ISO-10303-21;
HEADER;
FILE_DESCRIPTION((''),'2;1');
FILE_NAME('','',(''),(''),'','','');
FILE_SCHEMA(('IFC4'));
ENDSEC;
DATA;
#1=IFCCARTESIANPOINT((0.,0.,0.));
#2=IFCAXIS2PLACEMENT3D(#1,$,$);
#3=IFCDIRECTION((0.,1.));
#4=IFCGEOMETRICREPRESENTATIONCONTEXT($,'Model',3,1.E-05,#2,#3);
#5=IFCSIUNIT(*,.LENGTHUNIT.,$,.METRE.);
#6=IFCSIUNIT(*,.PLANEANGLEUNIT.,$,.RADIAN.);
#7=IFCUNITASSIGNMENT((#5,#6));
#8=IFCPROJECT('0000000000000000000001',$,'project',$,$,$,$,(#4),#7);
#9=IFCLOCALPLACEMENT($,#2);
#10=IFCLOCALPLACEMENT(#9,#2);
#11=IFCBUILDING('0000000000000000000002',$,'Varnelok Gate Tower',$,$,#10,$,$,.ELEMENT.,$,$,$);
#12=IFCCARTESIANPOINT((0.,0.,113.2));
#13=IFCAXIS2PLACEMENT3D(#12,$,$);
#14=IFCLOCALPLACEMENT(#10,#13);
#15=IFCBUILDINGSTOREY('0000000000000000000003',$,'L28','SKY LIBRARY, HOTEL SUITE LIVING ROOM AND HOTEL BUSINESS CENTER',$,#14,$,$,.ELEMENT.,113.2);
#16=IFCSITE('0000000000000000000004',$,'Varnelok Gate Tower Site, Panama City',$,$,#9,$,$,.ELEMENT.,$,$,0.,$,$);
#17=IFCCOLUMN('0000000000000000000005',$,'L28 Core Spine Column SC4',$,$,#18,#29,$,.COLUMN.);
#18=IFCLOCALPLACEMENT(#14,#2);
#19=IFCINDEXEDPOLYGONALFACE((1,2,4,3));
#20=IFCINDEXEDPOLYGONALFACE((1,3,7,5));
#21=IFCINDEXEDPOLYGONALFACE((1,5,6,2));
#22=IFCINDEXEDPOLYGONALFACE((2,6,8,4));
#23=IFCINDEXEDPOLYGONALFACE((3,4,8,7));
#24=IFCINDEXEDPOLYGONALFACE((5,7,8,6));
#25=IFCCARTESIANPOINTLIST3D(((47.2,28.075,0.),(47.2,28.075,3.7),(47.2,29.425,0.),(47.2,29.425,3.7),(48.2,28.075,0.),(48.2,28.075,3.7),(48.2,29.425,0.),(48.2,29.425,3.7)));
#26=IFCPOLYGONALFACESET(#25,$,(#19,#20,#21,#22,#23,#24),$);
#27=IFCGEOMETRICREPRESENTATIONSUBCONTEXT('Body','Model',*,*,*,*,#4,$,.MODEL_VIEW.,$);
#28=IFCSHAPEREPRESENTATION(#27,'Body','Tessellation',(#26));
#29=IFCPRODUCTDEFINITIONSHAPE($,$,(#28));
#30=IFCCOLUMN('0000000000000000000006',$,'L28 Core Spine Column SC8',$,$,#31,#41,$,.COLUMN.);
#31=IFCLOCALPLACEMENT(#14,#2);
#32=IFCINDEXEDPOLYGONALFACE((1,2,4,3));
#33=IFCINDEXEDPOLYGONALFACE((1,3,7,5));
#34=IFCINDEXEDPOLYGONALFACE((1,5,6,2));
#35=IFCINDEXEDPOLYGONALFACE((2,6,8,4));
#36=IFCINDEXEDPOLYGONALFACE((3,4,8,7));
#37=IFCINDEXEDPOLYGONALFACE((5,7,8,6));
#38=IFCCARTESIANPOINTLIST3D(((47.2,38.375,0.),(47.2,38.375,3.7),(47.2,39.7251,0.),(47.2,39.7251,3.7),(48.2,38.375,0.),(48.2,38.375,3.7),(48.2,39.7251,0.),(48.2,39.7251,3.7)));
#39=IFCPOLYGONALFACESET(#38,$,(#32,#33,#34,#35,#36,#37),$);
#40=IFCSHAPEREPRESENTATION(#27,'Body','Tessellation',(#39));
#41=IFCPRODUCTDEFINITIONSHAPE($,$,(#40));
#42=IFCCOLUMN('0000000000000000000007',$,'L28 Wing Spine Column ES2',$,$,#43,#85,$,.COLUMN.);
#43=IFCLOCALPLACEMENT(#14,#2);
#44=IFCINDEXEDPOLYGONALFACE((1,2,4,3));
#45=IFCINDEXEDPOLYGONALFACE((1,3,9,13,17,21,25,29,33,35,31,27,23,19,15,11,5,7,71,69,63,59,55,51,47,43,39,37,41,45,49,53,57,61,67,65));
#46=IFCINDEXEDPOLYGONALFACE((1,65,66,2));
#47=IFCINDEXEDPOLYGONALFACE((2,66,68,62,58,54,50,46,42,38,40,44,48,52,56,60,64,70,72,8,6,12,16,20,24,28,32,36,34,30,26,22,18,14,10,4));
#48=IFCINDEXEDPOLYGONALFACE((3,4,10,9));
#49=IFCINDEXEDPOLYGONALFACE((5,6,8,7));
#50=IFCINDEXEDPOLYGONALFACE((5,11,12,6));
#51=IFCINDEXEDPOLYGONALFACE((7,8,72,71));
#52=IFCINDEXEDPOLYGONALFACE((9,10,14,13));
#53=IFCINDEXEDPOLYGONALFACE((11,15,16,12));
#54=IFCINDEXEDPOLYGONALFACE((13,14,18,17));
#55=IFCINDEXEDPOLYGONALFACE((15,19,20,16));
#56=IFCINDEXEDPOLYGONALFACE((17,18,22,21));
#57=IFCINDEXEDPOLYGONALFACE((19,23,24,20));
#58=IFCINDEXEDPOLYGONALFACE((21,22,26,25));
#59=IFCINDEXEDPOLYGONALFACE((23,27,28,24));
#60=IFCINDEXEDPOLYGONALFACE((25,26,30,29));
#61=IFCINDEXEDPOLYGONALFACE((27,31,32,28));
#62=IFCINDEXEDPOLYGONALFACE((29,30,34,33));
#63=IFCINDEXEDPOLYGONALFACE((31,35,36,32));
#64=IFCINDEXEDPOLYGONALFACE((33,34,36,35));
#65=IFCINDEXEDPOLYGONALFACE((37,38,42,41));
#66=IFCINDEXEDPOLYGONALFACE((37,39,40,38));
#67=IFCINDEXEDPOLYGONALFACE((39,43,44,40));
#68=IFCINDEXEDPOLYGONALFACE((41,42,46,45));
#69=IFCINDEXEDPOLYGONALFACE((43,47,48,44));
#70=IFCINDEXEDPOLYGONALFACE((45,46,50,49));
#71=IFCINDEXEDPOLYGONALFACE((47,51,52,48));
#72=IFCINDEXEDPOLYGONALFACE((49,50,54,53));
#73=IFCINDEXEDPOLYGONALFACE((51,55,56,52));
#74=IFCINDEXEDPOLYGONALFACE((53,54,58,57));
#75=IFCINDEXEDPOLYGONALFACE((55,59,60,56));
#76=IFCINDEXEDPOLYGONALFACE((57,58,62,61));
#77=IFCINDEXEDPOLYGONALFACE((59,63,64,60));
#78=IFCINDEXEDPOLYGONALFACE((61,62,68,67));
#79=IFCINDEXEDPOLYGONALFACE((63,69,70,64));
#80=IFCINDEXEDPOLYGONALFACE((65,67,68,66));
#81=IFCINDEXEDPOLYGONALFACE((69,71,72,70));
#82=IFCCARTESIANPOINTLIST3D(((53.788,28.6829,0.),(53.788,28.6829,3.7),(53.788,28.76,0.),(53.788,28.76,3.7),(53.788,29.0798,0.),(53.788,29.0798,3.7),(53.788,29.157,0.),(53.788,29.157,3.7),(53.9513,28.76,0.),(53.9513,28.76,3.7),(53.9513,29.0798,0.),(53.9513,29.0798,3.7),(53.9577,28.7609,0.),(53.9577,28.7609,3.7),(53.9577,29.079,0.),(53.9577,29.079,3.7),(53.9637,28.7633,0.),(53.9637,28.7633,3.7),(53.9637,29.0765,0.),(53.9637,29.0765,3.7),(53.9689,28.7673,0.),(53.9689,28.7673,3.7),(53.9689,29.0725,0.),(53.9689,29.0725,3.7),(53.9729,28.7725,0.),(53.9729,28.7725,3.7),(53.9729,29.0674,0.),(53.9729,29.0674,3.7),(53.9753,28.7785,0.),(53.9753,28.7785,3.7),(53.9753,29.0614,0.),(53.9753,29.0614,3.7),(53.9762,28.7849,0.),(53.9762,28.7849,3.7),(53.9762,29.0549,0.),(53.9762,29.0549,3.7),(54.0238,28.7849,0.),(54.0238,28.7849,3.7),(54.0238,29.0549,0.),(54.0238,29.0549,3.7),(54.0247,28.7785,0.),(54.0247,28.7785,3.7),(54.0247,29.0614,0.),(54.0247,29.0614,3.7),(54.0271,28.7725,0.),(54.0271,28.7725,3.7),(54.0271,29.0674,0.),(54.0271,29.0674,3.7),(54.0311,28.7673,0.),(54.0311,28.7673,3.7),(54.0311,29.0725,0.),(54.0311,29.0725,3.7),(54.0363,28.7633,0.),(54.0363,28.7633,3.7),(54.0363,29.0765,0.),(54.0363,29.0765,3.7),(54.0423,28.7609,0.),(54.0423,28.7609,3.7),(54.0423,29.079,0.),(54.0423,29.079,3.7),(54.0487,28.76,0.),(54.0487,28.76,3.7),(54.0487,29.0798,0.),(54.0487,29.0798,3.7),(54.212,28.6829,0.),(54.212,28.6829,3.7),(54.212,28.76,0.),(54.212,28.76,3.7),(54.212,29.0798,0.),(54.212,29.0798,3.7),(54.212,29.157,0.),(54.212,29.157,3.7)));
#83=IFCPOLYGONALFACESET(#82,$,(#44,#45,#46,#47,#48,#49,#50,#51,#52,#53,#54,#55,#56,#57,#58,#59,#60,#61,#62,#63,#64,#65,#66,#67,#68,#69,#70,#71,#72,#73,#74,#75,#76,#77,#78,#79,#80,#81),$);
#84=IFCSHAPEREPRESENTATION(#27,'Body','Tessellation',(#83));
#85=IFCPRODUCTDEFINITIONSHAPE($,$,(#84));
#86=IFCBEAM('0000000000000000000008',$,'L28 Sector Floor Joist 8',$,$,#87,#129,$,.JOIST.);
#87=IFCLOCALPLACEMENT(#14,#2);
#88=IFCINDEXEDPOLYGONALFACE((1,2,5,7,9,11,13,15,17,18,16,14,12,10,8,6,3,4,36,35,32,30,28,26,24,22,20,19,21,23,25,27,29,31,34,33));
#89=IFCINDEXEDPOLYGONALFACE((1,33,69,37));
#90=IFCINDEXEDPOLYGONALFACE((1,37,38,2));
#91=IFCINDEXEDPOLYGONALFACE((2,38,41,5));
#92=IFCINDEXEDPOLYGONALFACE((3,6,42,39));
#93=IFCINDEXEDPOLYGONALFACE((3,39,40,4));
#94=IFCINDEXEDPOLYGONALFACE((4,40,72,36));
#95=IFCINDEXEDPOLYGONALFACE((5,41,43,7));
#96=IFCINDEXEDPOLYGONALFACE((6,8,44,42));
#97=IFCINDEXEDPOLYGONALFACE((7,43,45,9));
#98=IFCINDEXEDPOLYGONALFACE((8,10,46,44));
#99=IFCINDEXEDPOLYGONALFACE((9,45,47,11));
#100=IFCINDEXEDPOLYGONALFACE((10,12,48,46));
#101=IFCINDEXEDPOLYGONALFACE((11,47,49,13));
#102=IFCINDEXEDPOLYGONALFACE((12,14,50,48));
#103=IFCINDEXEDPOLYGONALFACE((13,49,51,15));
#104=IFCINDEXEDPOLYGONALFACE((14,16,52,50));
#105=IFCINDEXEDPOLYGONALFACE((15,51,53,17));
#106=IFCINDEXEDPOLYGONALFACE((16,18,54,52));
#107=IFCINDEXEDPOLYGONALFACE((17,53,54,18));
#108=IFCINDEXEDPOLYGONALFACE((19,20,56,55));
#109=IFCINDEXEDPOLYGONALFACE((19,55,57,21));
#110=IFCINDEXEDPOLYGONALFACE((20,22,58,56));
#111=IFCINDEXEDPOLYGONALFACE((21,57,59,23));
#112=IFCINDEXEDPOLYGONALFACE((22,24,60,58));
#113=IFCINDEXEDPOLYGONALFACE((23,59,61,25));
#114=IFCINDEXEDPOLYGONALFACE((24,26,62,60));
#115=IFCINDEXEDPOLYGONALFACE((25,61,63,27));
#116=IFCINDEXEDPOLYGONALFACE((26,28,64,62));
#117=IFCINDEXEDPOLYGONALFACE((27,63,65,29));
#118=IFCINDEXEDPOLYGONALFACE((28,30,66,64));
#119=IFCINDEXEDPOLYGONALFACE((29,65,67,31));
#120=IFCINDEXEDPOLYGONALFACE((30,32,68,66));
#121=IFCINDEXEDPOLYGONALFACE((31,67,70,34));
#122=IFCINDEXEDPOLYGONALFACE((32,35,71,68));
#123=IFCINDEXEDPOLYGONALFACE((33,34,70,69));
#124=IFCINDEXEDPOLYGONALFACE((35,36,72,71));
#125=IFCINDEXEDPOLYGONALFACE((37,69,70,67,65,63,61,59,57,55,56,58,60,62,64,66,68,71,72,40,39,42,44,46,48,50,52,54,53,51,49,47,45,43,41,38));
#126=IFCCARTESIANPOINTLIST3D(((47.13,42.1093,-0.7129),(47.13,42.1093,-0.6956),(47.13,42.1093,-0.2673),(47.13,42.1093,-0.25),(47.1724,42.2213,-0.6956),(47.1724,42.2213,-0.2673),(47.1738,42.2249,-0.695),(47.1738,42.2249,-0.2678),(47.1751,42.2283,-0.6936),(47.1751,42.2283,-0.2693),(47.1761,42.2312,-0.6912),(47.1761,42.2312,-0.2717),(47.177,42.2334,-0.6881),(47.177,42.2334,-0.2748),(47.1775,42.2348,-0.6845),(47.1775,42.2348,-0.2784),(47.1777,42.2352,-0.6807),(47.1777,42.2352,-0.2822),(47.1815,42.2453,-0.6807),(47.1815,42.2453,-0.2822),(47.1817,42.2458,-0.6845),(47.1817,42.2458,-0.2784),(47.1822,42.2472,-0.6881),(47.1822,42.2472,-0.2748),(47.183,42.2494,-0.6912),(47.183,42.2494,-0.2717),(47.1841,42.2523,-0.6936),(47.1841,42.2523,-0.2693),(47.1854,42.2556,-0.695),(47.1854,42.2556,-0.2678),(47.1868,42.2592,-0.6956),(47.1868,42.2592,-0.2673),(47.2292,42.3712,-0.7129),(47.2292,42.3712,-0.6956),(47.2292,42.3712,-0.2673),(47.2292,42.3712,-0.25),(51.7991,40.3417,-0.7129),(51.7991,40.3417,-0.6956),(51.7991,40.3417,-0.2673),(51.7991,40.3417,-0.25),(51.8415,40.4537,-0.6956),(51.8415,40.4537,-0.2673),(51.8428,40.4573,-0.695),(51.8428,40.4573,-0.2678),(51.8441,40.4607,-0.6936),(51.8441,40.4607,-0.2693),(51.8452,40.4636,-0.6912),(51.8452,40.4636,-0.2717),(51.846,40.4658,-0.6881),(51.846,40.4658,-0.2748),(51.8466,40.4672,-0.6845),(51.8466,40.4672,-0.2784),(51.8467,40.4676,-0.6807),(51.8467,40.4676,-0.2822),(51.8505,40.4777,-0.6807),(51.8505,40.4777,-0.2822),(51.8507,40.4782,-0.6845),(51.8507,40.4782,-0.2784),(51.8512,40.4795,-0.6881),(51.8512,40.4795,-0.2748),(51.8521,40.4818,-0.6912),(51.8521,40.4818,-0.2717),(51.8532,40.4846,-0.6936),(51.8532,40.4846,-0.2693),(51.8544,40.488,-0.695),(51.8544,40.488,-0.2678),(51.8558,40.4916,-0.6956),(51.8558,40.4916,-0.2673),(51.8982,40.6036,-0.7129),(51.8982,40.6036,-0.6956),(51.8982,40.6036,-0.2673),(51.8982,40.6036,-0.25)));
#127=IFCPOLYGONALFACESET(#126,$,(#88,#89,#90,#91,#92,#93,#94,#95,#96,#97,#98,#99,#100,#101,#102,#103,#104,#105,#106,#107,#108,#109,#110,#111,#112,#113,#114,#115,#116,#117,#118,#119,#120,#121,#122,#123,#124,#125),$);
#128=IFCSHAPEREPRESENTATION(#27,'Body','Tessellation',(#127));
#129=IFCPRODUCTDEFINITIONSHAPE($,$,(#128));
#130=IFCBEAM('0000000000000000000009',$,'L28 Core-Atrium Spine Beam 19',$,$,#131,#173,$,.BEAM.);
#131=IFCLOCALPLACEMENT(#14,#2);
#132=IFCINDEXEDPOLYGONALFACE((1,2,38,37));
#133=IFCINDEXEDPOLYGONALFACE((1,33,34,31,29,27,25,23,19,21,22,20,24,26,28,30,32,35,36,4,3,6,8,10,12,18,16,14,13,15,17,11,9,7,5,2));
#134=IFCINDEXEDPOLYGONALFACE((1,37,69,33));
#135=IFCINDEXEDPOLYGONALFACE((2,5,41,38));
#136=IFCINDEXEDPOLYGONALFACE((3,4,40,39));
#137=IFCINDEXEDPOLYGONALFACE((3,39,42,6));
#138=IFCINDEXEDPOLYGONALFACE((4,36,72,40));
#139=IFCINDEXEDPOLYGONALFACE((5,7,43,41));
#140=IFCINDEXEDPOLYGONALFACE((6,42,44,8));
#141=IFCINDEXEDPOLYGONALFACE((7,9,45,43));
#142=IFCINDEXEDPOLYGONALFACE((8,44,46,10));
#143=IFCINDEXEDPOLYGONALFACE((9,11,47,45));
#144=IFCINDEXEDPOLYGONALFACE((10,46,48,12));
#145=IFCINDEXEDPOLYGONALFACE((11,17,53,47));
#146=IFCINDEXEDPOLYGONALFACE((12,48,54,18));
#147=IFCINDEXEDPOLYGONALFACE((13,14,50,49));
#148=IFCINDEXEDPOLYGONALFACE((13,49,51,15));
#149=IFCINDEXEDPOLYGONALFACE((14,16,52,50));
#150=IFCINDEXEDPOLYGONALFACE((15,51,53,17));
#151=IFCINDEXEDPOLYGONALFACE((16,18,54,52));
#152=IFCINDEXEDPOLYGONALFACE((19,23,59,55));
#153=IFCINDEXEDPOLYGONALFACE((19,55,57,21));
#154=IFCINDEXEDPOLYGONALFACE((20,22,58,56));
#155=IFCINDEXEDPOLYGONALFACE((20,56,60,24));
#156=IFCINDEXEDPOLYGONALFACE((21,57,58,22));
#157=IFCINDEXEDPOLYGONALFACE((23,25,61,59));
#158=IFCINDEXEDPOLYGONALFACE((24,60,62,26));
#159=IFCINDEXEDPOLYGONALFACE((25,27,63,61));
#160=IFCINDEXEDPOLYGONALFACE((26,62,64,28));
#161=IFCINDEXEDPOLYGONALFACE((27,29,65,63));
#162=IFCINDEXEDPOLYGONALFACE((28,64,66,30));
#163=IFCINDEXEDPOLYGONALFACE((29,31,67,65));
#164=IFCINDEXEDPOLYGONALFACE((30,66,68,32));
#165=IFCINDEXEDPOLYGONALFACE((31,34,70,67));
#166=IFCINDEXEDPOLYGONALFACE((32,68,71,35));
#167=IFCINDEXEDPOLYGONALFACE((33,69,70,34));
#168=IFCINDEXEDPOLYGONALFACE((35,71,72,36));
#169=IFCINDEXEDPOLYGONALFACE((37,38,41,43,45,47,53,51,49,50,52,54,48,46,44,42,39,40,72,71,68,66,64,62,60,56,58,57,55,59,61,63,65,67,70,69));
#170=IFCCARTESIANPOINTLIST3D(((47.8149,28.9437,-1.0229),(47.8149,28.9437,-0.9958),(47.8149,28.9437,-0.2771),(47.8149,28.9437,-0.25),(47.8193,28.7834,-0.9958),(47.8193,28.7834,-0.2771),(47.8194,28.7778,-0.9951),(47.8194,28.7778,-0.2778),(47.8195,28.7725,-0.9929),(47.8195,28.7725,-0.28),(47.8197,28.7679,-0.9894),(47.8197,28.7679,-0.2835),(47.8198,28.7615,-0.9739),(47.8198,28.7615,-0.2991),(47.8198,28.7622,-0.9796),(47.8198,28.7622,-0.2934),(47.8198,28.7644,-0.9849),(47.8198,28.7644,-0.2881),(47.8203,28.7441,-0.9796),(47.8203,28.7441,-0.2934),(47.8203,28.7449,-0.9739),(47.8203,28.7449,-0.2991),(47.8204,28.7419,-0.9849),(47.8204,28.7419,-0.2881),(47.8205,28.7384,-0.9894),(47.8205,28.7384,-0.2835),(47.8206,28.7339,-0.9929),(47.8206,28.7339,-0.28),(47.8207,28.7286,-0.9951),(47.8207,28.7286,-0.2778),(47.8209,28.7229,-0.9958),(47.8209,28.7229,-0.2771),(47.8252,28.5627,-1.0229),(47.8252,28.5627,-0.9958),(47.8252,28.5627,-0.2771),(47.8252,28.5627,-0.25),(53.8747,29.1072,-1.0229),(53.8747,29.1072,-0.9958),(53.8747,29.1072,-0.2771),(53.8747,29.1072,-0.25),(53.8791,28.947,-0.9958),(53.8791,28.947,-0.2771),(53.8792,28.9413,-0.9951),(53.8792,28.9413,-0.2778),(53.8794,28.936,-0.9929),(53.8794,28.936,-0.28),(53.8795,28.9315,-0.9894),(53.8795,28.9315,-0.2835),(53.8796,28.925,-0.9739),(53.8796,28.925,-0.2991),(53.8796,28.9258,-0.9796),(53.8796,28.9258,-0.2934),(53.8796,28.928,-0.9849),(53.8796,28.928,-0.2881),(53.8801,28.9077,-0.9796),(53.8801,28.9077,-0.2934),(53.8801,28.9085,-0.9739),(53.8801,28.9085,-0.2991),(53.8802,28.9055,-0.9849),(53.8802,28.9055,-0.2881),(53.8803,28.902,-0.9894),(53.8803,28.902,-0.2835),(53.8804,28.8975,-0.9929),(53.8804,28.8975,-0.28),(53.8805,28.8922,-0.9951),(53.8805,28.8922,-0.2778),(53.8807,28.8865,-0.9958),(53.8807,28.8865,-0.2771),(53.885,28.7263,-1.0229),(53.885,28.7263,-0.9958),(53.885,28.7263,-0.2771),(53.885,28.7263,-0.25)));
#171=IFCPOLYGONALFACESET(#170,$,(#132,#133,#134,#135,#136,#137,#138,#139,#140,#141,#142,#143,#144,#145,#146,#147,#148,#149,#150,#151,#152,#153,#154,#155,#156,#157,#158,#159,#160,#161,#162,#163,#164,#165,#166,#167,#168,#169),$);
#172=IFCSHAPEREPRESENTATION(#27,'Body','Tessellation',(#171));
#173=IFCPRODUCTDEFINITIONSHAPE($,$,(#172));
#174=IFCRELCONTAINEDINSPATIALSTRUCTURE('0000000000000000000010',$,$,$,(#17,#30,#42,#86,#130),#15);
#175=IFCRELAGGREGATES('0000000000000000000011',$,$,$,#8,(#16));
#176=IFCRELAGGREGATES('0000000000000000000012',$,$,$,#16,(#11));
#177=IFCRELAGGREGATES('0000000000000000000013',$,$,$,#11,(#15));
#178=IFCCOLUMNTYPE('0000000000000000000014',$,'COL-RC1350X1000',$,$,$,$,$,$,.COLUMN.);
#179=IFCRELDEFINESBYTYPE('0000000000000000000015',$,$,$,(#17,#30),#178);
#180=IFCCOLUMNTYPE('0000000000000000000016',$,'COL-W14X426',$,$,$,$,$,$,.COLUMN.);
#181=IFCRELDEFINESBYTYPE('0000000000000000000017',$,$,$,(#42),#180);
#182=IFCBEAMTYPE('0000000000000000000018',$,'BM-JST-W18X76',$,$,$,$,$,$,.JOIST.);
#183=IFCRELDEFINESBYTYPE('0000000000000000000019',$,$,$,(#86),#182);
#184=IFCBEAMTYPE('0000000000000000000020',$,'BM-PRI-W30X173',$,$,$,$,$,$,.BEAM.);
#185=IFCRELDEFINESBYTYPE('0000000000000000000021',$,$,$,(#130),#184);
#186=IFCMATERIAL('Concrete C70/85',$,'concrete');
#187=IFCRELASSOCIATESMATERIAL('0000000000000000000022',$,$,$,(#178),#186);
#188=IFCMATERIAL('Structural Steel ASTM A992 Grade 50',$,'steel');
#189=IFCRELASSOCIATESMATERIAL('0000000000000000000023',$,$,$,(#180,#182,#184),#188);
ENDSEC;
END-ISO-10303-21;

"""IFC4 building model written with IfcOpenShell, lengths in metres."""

from ifc_helpers import new_model, si_unit, direction, frame, origin, origin_2d, place, context, subcontext, project, spatial, rectangle, i_section, extrude, material, material_profile, profile_set, type_object, element, save


model = new_model("IFC4")

# Units and contexts
model_context = context("Model", 3, precision=1e-05, world=origin(), true_north=direction((0.0, 1.0)))
body_context = subcontext(model_context, "Body", "Model", "MODEL_VIEW")
ifc_project = project(units=[si_unit("LENGTHUNIT", "METRE"), si_unit("PLANEANGLEUNIT", "RADIAN")], contexts=[model_context])

# Site, building, storey
site_placement = place(None, origin())
site = spatial("IfcSite", under=ifc_project, at=site_placement, Name="Varnelok Gate Tower Site, Panama City", CompositionType="ELEMENT", RefElevation=0.0)
building_placement = place(site_placement, origin())
building = spatial("IfcBuilding", under=site, at=building_placement, Name="Varnelok Gate Tower", CompositionType="ELEMENT")
storey_placement = place(building_placement, frame((0.0, 0.0, 113.2)))
storey = spatial("IfcBuildingStorey", under=building, at=storey_placement, Name="L28", Description="SKY LIBRARY, HOTEL SUITE LIVING ROOM AND HOTEL BUSINESS CENTER", CompositionType="ELEMENT", Elevation=113.2)

# Columns
ifc_material_1 = material(Name="Concrete C70/85", Category="concrete")
ifc_material_profile_1 = material_profile(ifc_material_1, rectangle(XDim=1.0, YDim=1.3501, at=origin_2d()), Name="RC1350X1000")
ifc_profile_set_1 = profile_set([ifc_material_profile_1], Name="Concrete C70/85")
column_type_1 = type_object("IfcColumnType", Name="COL-RC1350X1000", PredefinedType="COLUMN", material=ifc_profile_set_1)
for number, where, z_axis, x_axis, name in (
    (1, (47.7, 28.75, 0.0), (0.0, 0.0, 1.0), (1.0, 0.0, 0.0), "L28 Core Spine Column SC4"),
    (2, (47.7, 39.05, 0.0), (0.0, 0.0, 1.0), (1.0, 0.0, 0.0), "L28 Core Spine Column SC8"),
):
    element("IfcColumn", number, at=place(storey_placement, frame(where, z_axis=z_axis, x_axis=x_axis)), inside=storey, type_object=column_type_1, Name=name, PredefinedType="COLUMN", context=body_context, shape_type="SweptSolid", body=[
        extrude(rectangle(XDim=1.0, YDim=1.3501, at=origin_2d()), origin(), (0.0, 0.0, 1.0), 3.7),
    ])
ifc_material_2 = material(Name="Structural Steel ASTM A992 Grade 50", Category="steel")
ifc_material_profile_2 = material_profile(ifc_material_2, i_section(OverallWidth=0.4241, OverallDepth=0.4741, WebThickness=0.0476, FlangeThickness=0.0771, FilletRadius=0.0249, at=origin_2d()), Name="W14X426")
ifc_profile_set_2 = profile_set([ifc_material_profile_2], Name="Structural Steel ASTM A992 Grade 50")
column_type_2 = type_object("IfcColumnType", Name="COL-W14X426", PredefinedType="COLUMN", material=ifc_profile_set_2)
column_placement = place(storey_placement, frame((54.0, 28.9199, 0.0), z_axis=(0.0, 0.0, 1.0), x_axis=(1.0, 0.0, 0.0)))
element("IfcColumn", 3, at=column_placement, inside=storey, type_object=column_type_2, Name="L28 Wing Spine Column ES2", PredefinedType="COLUMN", context=body_context, shape_type="SweptSolid", body=[
    extrude(i_section(OverallWidth=0.4241, OverallDepth=0.4741, WebThickness=0.0476, FlangeThickness=0.0771, FilletRadius=0.0249, at=origin_2d()), origin(), (0.0, 0.0, 1.0), 3.7),
])

# Beams
ifc_material_profile_3 = material_profile(ifc_material_2, i_section(OverallWidth=0.28, OverallDepth=0.4629, WebThickness=0.0107, FlangeThickness=0.0173, FilletRadius=0.0149, at=origin_2d()), Name="W18X76")
ifc_profile_set_3 = profile_set([ifc_material_profile_3], Name="Structural Steel ASTM A992 Grade 50")
beam_type_1 = type_object("IfcBeamType", Name="BM-JST-W18X76", PredefinedType="JOIST", material=ifc_profile_set_3)
beam_1_placement = place(storey_placement, frame((51.8486, 40.4727, -0.4814), z_axis=(-0.935223, 0.354059, 0.0), x_axis=(-0.354059, -0.935223, 0.0)))
element("IfcBeam", 4, at=beam_1_placement, inside=storey, type_object=beam_type_1, Name="L28 Sector Floor Joist 8", PredefinedType="JOIST", context=body_context, shape_type="SweptSolid", body=[
    extrude(i_section(OverallWidth=0.28, OverallDepth=0.4629, WebThickness=0.0107, FlangeThickness=0.0173, FilletRadius=0.0149, at=origin_2d()), origin(), (0.0, 0.0, 1.0), 4.9924),
])
ifc_material_profile_4 = material_profile(ifc_material_2, i_section(OverallWidth=0.3811, OverallDepth=0.7729, WebThickness=0.0166, FlangeThickness=0.0271, FilletRadius=0.022, at=origin_2d()), Name="W30X173")
ifc_profile_set_4 = profile_set([ifc_material_profile_4], Name="Structural Steel ASTM A992 Grade 50")
beam_type_2 = type_object("IfcBeamType", Name="BM-PRI-W30X173", PredefinedType="BEAM", material=ifc_profile_set_4)
beam_2_placement = place(storey_placement, frame((47.8201, 28.7532, -0.6365), z_axis=(0.999636, 0.026983, 0.0), x_axis=(-0.026983, 0.999636, 0.0)))
element("IfcBeam", 5, at=beam_2_placement, inside=storey, type_object=beam_type_2, Name="L28 Core-Atrium Spine Beam 19", PredefinedType="BEAM", context=body_context, shape_type="SweptSolid", body=[
    extrude(i_section(OverallWidth=0.3811, OverallDepth=0.7729, WebThickness=0.0166, FlangeThickness=0.0271, FilletRadius=0.022, at=origin_2d()), origin(), (0.0, 0.0, 1.0), 6.062),
])

save(model, "model.ifc")
